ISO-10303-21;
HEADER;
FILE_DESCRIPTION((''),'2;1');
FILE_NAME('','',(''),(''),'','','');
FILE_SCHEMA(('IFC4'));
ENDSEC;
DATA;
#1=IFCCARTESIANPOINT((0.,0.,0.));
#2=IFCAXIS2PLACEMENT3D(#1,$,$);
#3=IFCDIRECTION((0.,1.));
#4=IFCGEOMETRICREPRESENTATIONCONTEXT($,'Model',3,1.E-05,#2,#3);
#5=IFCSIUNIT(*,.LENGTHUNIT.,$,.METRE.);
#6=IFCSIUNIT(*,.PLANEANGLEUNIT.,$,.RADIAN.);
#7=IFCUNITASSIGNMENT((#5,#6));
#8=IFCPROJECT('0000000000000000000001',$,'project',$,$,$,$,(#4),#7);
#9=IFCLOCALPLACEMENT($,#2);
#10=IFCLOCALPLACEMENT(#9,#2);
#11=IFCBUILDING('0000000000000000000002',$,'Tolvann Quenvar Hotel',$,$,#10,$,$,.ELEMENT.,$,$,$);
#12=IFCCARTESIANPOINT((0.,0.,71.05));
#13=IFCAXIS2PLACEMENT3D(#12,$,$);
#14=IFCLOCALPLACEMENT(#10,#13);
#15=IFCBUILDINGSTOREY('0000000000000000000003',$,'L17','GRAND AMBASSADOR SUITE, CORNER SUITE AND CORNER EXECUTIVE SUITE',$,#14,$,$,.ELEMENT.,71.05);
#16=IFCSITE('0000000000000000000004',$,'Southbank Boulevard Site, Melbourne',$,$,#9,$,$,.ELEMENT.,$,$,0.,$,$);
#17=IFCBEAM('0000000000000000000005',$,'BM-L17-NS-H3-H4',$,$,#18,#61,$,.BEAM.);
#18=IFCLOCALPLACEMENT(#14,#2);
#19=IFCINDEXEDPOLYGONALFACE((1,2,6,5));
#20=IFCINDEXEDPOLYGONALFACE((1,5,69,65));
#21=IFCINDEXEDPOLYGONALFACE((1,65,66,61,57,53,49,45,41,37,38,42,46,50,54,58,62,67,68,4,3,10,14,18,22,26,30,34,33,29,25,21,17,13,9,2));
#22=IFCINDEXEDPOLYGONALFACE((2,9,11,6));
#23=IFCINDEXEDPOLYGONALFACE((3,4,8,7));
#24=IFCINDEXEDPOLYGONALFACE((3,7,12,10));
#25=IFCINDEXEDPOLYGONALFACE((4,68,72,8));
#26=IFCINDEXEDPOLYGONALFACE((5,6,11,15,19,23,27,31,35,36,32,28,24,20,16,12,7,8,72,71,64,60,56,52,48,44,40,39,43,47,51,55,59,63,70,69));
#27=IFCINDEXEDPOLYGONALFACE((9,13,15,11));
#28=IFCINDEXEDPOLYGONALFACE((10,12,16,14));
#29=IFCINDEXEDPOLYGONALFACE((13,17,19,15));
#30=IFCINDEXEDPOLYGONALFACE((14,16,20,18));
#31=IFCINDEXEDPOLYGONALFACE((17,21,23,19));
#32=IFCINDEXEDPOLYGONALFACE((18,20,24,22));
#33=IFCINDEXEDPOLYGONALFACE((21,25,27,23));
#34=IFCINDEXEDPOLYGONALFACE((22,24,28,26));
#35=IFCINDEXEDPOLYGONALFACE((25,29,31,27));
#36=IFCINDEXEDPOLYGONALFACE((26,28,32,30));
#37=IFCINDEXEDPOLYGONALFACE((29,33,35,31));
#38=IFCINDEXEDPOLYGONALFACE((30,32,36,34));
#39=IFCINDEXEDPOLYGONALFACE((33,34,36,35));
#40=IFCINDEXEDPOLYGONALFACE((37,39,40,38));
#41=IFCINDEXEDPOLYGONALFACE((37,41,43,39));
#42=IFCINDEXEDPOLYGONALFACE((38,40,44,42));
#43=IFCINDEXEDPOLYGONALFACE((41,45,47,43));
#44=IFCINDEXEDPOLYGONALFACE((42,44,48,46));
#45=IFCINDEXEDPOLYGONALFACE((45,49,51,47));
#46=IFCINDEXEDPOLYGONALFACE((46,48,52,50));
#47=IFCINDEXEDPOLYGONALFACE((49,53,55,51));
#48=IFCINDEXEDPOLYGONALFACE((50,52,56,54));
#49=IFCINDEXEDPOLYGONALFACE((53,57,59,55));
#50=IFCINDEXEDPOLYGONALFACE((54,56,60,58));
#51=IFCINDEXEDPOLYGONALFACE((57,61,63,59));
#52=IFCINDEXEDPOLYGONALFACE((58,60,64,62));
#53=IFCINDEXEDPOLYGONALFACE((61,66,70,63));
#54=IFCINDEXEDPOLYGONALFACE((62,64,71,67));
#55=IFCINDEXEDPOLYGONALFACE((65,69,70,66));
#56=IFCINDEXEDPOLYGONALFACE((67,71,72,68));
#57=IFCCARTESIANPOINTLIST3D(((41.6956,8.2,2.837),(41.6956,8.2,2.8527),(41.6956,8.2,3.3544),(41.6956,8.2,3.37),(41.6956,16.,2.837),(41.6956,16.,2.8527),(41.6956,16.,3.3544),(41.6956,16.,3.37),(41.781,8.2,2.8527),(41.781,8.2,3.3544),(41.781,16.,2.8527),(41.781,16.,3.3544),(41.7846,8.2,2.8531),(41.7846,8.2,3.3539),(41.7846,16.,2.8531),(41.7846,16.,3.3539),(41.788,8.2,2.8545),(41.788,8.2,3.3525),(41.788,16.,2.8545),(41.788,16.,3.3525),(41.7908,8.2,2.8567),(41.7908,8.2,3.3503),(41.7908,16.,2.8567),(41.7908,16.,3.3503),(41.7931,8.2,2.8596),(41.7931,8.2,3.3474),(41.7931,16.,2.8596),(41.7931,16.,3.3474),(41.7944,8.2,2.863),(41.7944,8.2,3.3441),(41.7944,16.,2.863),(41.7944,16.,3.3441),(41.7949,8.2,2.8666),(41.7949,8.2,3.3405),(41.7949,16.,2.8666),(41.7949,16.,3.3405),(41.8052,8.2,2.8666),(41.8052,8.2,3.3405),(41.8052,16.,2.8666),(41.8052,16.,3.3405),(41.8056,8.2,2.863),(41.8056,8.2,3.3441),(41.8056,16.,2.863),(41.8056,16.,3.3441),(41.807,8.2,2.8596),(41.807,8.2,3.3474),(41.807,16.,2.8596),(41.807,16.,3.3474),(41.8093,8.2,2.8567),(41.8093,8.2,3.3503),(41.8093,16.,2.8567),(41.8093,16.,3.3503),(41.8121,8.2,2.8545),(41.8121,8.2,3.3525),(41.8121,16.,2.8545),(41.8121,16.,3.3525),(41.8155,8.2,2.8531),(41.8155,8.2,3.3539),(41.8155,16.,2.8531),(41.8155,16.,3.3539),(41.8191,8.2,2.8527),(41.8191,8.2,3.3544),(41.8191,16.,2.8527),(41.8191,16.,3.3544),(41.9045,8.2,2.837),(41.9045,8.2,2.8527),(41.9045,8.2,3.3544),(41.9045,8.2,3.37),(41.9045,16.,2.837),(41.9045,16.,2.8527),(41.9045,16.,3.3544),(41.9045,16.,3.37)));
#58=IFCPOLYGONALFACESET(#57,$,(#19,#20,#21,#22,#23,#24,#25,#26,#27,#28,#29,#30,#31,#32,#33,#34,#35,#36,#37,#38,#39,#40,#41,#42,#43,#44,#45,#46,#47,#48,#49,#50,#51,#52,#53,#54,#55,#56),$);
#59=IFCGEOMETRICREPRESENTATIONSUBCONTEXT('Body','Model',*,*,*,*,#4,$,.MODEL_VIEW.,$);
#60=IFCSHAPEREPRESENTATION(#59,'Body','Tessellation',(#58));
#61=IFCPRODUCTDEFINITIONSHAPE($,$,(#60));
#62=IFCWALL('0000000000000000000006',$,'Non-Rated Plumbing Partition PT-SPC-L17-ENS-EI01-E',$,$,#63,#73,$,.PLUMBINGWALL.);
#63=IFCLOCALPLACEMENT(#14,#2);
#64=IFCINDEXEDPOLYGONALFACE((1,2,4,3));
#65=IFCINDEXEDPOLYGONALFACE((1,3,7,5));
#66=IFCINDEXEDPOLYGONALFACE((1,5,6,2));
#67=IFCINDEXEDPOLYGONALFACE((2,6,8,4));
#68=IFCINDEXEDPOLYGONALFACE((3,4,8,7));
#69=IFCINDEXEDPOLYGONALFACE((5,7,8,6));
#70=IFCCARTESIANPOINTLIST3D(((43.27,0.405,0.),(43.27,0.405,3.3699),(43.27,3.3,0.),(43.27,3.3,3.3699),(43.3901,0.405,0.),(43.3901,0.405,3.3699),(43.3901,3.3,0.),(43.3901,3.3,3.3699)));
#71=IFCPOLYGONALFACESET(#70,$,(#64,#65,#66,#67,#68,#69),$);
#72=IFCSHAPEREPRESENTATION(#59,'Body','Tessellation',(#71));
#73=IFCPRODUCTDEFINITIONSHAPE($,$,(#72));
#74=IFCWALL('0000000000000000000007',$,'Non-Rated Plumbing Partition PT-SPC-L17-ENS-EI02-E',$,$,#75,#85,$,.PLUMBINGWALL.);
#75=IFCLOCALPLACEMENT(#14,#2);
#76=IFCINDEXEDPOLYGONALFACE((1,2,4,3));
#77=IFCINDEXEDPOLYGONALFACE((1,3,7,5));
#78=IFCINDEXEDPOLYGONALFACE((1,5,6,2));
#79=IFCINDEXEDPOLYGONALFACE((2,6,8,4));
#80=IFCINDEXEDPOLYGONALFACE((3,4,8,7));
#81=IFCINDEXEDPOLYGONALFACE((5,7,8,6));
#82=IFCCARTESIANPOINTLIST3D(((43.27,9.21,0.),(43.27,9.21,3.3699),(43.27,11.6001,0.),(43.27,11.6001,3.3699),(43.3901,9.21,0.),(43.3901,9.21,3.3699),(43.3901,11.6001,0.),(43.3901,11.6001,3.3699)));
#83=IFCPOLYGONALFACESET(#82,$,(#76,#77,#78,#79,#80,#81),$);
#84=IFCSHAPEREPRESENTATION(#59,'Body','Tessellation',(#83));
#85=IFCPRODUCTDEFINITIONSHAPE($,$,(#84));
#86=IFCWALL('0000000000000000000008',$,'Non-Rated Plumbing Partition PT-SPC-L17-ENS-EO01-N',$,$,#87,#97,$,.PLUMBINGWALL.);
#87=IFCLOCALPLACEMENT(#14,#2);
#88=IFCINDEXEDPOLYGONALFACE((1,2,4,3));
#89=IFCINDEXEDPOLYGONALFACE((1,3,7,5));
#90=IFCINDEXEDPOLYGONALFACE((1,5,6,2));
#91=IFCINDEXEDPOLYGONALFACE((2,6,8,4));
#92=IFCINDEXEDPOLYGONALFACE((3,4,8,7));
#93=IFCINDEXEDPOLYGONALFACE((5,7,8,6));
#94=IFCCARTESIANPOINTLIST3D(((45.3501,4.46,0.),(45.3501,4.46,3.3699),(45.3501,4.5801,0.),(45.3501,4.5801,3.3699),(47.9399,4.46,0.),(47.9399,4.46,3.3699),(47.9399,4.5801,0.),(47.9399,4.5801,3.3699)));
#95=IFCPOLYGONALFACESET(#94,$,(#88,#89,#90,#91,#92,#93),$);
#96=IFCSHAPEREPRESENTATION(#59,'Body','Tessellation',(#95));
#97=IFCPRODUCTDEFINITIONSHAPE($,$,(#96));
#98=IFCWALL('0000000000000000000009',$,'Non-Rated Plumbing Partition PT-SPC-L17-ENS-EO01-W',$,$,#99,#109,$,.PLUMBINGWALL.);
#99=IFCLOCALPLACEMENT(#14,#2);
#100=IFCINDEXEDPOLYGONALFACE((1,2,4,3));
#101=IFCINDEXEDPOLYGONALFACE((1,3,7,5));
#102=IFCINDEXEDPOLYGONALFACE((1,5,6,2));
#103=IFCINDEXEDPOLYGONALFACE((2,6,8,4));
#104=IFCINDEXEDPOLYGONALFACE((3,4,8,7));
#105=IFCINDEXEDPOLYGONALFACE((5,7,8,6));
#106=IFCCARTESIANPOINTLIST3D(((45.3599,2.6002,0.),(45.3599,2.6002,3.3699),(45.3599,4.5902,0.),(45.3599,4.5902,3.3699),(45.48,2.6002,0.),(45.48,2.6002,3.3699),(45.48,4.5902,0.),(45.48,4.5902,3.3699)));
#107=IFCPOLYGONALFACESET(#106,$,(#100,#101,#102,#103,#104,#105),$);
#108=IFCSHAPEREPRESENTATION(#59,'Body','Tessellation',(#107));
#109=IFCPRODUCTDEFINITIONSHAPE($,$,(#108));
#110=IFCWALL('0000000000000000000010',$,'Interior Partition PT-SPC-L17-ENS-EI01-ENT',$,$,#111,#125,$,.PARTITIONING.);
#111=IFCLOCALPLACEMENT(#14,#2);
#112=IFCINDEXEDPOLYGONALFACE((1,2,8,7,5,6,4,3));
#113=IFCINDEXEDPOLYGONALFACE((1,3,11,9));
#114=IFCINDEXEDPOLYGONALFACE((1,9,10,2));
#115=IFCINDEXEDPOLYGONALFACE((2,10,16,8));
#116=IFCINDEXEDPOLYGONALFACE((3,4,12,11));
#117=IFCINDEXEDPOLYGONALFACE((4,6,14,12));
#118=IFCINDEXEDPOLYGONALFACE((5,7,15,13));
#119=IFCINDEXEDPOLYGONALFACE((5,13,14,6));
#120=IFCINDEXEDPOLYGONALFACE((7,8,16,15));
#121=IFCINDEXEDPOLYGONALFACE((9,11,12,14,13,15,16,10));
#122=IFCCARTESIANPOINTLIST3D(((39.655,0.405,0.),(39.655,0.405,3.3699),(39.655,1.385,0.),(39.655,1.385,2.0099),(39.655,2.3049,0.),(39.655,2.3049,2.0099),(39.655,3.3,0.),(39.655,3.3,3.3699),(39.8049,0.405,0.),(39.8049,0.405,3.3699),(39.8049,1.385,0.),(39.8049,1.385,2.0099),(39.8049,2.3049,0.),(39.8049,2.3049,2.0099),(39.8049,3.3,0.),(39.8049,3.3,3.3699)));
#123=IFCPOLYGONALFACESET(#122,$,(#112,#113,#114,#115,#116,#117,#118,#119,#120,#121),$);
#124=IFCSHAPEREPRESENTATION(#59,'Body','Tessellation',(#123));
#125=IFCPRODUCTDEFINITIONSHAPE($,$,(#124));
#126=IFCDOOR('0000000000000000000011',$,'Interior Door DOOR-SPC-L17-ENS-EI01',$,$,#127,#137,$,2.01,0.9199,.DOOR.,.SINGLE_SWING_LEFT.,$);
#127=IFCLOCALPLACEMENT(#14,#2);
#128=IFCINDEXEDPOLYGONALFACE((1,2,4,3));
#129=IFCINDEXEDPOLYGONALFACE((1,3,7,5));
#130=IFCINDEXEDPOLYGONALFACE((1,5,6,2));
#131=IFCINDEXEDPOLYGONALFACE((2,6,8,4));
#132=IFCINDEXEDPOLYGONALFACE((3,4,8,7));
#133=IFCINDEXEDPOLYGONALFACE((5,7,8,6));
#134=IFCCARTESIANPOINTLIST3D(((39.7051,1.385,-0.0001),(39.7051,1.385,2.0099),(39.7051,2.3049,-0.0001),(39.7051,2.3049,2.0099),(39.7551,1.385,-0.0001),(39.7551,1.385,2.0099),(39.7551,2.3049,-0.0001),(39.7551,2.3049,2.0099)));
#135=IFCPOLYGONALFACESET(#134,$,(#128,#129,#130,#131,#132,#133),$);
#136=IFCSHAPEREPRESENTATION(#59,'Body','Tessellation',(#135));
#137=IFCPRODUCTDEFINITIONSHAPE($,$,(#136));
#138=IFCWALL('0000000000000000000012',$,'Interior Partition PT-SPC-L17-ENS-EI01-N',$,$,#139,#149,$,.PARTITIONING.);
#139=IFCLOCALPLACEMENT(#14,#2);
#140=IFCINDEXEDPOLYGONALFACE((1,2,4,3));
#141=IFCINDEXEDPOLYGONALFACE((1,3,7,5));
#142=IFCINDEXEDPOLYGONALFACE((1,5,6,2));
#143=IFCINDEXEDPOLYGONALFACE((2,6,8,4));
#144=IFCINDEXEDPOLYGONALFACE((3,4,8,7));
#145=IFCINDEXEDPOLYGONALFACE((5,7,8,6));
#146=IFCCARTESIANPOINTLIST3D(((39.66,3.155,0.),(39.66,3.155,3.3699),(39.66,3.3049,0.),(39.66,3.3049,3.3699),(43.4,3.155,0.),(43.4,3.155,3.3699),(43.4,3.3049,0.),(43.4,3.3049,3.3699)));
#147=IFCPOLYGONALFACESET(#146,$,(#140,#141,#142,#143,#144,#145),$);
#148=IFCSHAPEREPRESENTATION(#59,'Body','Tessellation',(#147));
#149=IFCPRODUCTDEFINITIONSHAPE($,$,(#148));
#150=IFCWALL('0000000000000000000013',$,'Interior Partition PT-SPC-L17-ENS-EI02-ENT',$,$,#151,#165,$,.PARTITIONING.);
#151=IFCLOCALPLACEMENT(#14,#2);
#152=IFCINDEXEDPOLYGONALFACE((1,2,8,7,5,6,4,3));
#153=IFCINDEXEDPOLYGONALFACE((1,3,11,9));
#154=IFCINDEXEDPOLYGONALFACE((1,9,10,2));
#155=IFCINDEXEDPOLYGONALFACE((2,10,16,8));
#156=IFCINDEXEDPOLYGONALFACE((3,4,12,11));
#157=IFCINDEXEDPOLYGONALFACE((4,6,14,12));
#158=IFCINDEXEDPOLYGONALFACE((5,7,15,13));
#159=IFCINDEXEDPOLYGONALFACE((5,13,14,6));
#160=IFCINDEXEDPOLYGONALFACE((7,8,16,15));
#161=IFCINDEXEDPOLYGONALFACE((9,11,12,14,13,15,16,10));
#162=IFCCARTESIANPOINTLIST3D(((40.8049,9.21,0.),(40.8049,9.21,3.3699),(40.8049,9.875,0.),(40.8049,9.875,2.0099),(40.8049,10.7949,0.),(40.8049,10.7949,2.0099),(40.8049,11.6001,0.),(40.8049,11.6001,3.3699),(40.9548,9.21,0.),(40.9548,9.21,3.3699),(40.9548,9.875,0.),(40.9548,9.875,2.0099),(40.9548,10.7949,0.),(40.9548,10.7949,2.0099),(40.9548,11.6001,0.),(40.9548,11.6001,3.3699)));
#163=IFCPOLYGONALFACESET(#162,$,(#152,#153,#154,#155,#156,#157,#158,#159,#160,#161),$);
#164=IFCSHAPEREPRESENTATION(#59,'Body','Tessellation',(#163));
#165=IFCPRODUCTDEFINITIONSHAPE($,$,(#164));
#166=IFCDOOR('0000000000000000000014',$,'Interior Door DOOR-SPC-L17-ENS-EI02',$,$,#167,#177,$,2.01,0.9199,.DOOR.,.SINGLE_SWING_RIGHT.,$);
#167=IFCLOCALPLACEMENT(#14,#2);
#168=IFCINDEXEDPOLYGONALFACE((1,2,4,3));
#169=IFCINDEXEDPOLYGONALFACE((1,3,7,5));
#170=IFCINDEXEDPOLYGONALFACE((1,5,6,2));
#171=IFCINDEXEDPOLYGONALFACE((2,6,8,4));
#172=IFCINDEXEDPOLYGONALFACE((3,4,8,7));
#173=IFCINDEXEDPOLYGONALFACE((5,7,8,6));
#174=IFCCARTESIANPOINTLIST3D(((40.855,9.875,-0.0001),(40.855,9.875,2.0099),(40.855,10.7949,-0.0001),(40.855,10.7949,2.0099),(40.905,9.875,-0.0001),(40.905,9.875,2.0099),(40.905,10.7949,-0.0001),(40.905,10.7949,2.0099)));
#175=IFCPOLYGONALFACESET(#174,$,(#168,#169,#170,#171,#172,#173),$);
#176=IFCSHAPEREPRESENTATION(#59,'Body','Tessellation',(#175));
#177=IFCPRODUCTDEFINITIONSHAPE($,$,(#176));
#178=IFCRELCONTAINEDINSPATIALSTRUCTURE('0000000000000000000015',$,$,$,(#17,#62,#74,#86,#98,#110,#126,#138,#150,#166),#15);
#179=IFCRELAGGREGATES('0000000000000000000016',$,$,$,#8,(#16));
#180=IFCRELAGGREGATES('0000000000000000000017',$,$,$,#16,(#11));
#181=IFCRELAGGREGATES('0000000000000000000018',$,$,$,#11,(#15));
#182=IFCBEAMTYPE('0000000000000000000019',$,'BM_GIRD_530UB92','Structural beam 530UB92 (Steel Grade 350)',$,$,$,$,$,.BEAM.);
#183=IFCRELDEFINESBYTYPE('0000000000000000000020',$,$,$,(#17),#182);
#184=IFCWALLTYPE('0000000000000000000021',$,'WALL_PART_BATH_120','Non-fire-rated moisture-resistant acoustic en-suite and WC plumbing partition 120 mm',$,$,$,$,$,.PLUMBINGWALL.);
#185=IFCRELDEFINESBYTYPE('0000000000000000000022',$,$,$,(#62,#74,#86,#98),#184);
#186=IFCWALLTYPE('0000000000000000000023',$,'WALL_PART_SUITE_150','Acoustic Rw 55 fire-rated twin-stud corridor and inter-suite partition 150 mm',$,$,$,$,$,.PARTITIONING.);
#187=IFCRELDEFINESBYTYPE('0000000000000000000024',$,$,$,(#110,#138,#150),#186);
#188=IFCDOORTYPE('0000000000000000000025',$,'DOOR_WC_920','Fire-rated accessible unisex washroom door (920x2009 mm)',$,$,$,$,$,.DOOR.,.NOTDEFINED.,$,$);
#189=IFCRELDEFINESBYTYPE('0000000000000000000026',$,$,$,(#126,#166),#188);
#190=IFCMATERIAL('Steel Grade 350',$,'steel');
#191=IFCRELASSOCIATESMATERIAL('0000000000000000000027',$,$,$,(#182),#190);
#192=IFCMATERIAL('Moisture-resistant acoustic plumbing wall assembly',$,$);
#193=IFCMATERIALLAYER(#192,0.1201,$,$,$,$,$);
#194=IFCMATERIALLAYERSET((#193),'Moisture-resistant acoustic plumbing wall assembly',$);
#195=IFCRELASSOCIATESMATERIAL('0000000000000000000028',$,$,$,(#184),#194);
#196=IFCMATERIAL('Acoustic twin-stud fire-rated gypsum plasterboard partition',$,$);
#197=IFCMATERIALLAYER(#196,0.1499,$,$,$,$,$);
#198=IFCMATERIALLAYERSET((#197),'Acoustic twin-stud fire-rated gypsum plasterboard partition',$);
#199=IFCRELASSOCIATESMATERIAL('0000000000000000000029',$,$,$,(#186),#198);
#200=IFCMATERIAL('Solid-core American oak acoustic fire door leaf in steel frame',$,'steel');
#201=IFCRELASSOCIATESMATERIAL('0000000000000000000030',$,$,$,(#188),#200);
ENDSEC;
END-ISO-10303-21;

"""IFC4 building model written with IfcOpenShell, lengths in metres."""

from ifc_helpers import new_model, si_unit, direction, frame, frame_2d, origin, origin_2d, place, context, subcontext, project, spatial, rectangle, i_section, extrude, source, transform, mapped, material, layer, layer_set, material_profile, profile_set, type_object, type_shapes, element, fill, save


model = new_model("IFC4")

# Units and contexts
model_context = context("Model", 3, precision=1e-05, world=origin(), true_north=direction((0.0, 1.0)))
body_context = subcontext(model_context, "Body", "Model", "MODEL_VIEW")
ifc_project = project(units=[si_unit("LENGTHUNIT", "METRE"), si_unit("PLANEANGLEUNIT", "RADIAN")], contexts=[model_context])

# Site, building, storey
site_placement = place(None, origin())
site = spatial("IfcSite", under=ifc_project, at=site_placement, Name="Southbank Boulevard Site, Melbourne", CompositionType="ELEMENT", RefElevation=0.0)
building_placement = place(site_placement, origin())
building = spatial("IfcBuilding", under=site, at=building_placement, Name="Tolvann Quenvar Hotel", CompositionType="ELEMENT")
storey_placement = place(building_placement, frame((0.0, 0.0, 71.05)))
storey = spatial("IfcBuildingStorey", under=building, at=storey_placement, Name="L17", Description="GRAND AMBASSADOR SUITE, CORNER SUITE AND CORNER EXECUTIVE SUITE", CompositionType="ELEMENT", Elevation=71.05)

# Shared definitions
ifc_material_1 = material(Name="Steel Grade 350", Category="steel")

# Beam
ifc_material_profile_1 = material_profile(ifc_material_1, i_section(OverallWidth=0.209, OverallDepth=0.533, WebThickness=0.0103, FlangeThickness=0.0156, FilletRadius=0.0139, at=origin_2d()), Name="530UB92")
ifc_profile_set_1 = profile_set([ifc_material_profile_1], Name="Steel Grade 350")
beam_type_1 = type_object("IfcBeamType", Name="BM_GIRD_530UB92", Description="Structural beam 530UB92 (Steel Grade 350)", PredefinedType="BEAM", material=ifc_profile_set_1)
shared_shape_1 = source(origin(), body_context, "Body", "SweptSolid", [
    extrude(i_section(OverallWidth=0.209, OverallDepth=0.533, WebThickness=0.0103, FlangeThickness=0.0156, FilletRadius=0.0139, at=origin_2d()), origin(), (0.0, 0.0, 1.0), 7.8),
])
for number, where, z_axis, x_axis, name in (
    (1, (41.8, 8.2, 3.1035), (0.0, 1.0, 0.0), (-1.0, 0.0, 0.0), "BM-L17-NS-H3-H4"),
):
    element("IfcBeam", number, at=place(storey_placement, frame(where, z_axis=z_axis, x_axis=x_axis)), inside=storey, type_object=beam_type_1, Name=name, PredefinedType="BEAM", context=body_context, shape_type="MappedRepresentation", body=[
        mapped(shared_shape_1, transform((0.0, 0.0, 0.0), x_axis=(1.0, 0.0, 0.0), y_axis=(0.0, 1.0, 0.0), z_axis=(0.0, 0.0, 1.0), scale=1.0)),
    ])

# Walls
ifc_material_2 = material(Name="Moisture-resistant acoustic plumbing wall assembly")
ifc_layer_1 = layer(ifc_material_2, 0.1201)
ifc_layer_set_1 = layer_set([ifc_layer_1], Name="Moisture-resistant acoustic plumbing wall assembly")
wall_type_1 = type_object("IfcWallType", Name="WALL_PART_BATH_120", Description="Non-fire-rated moisture-resistant acoustic en-suite and WC plumbing partition 120 mm", PredefinedType="PLUMBINGWALL", material=ifc_layer_set_1)
wall_1_placement = place(storey_placement, frame((43.3301, 0.405, 0.0), z_axis=(0.0, 0.0, 1.0), x_axis=(0.0, 1.0, 0.0)))
element("IfcWall", 2, at=wall_1_placement, inside=storey, type_object=wall_type_1, Name="Non-Rated Plumbing Partition PT-SPC-L17-ENS-EI01-E", PredefinedType="PLUMBINGWALL", context=body_context, shape_type="SweptSolid", body=[
    extrude(rectangle(XDim=2.895, YDim=0.1201, at=frame_2d((1.4475, 0.0))), origin(), (0.0, 0.0, 1.0), 3.3699),
])
wall_2_placement = place(storey_placement, frame((43.3301, 9.21, 0.0), z_axis=(0.0, 0.0, 1.0), x_axis=(0.0, 1.0, 0.0)))
element("IfcWall", 3, at=wall_2_placement, inside=storey, type_object=wall_type_1, Name="Non-Rated Plumbing Partition PT-SPC-L17-ENS-EI02-E", PredefinedType="PLUMBINGWALL", context=body_context, shape_type="SweptSolid", body=[
    extrude(rectangle(XDim=2.3901, YDim=0.1201, at=frame_2d((1.1951, 0.0))), origin(), (0.0, 0.0, 1.0), 3.3699),
])
wall_3_placement = place(storey_placement, frame((45.3501, 4.52, 0.0), z_axis=(0.0, 0.0, 1.0), x_axis=(1.0, 0.0, 0.0)))
element("IfcWall", 4, at=wall_3_placement, inside=storey, type_object=wall_type_1, Name="Non-Rated Plumbing Partition PT-SPC-L17-ENS-EO01-N", PredefinedType="PLUMBINGWALL", context=body_context, shape_type="SweptSolid", body=[
    extrude(rectangle(XDim=2.5898, YDim=0.1201, at=frame_2d((1.2949, 0.0))), origin(), (0.0, 0.0, 1.0), 3.3699),
])
wall_4_placement = place(storey_placement, frame((45.4199, 2.6001, 0.0), z_axis=(0.0, 0.0, 1.0), x_axis=(0.0, 1.0, 0.0)))
element("IfcWall", 5, at=wall_4_placement, inside=storey, type_object=wall_type_1, Name="Non-Rated Plumbing Partition PT-SPC-L17-ENS-EO01-W", PredefinedType="PLUMBINGWALL", context=body_context, shape_type="SweptSolid", body=[
    extrude(rectangle(XDim=1.99, YDim=0.1201, at=frame_2d((0.9951, 0.0))), origin(), (0.0, 0.0, 1.0), 3.3699),
])

# Wall, opening, door
ifc_material_3 = material(Name="Acoustic twin-stud fire-rated gypsum plasterboard partition")
ifc_layer_2 = layer(ifc_material_3, 0.1499)
ifc_layer_set_2 = layer_set([ifc_layer_2], Name="Acoustic twin-stud fire-rated gypsum plasterboard partition")
wall_type_2 = type_object("IfcWallType", Name="WALL_PART_SUITE_150", Description="Acoustic Rw 55 fire-rated twin-stud corridor and inter-suite partition 150 mm", PredefinedType="PARTITIONING", material=ifc_layer_set_2)
wall_5_placement = place(storey_placement, frame((39.73, 0.405, 0.0), z_axis=(0.0, 0.0, 1.0), x_axis=(0.0, 1.0, 0.0)))
wall_5 = element("IfcWall", 6, at=wall_5_placement, inside=storey, type_object=wall_type_2, Name="Interior Partition PT-SPC-L17-ENS-EI01-ENT", PredefinedType="PARTITIONING", context=body_context, shape_type="SweptSolid", body=[
    extrude(rectangle(XDim=2.895, YDim=0.1499, at=frame_2d((1.4475, 0.0))), origin(), (0.0, 0.0, 1.0), 3.3699),
])
opening_1_placement = place(wall_5_placement, frame((0.98, 0.0, 0.0)))
opening_1 = element("IfcOpeningElement", 7, at=opening_1_placement, cuts=wall_5, PredefinedType="OPENING", context=body_context, shape_type="SweptSolid", body=[
    extrude(rectangle(XDim=0.9199, YDim=2.01, at=frame_2d((0.46, 1.0049))), frame((0.0, 0.085, 0.0), z_axis=(0.0, -1.0, 0.0), x_axis=(1.0, 0.0, 0.0)), (0.0, 0.0, 1.0), 0.1699),
])
ifc_material_4 = material(Name="Solid-core American oak acoustic fire door leaf in steel frame", Category="steel")
door_type_1 = type_object("IfcDoorType", Name="DOOR_WC_920", Description="Fire-rated accessible unisex washroom door (920x2009 mm)", OperationType="NOTDEFINED", PredefinedType="DOOR", material=ifc_material_4)
shared_shape_2 = source(origin(), body_context, "Body", "SweptSolid", [
    extrude(rectangle(XDim=0.9199, YDim=2.01, at=frame_2d((0.46, 1.0049))), frame((0.0, 0.0249, 0.0), z_axis=(0.0, -1.0, 0.0), x_axis=(1.0, 0.0, 0.0)), (0.0, 0.0, 1.0), 0.05),
])
type_shapes(door_type_1, [shared_shape_2])
door_1_placement = place(opening_1_placement, origin())
door_1 = element("IfcDoor", 8, at=door_1_placement, inside=storey, type_object=door_type_1, Name="Interior Door DOOR-SPC-L17-ENS-EI01", OperationType="SINGLE_SWING_LEFT", OverallHeight=2.01, OverallWidth=0.9199, PredefinedType="DOOR", context=body_context, shape_type="MappedRepresentation", body=[
    mapped(shared_shape_2, transform((0.0, 0.0, 0.0), x_axis=(1.0, 0.0, 0.0), y_axis=(0.0, 1.0, 0.0), z_axis=(0.0, 0.0, 1.0), scale=1.0)),
])
fill(opening_1, door_1)

# Wall
wall_6_placement = place(storey_placement, frame((39.6599, 3.23, 0.0), z_axis=(0.0, 0.0, 1.0), x_axis=(1.0, 0.0, 0.0)))
element("IfcWall", 9, at=wall_6_placement, inside=storey, type_object=wall_type_2, Name="Interior Partition PT-SPC-L17-ENS-EI01-N", PredefinedType="PARTITIONING", context=body_context, shape_type="SweptSolid", body=[
    extrude(rectangle(XDim=3.74, YDim=0.1499, at=frame_2d((1.8701, 0.0))), origin(), (0.0, 0.0, 1.0), 3.3699),
])

# Wall, opening, door
wall_7_placement = place(storey_placement, frame((40.8799, 9.21, 0.0), z_axis=(0.0, 0.0, 1.0), x_axis=(0.0, 1.0, 0.0)))
wall_7 = element("IfcWall", 10, at=wall_7_placement, inside=storey, type_object=wall_type_2, Name="Interior Partition PT-SPC-L17-ENS-EI02-ENT", PredefinedType="PARTITIONING", context=body_context, shape_type="SweptSolid", body=[
    extrude(rectangle(XDim=2.3901, YDim=0.1499, at=frame_2d((1.1951, 0.0))), origin(), (0.0, 0.0, 1.0), 3.3699),
])
opening_2_placement = place(wall_7_placement, frame((0.665, 0.0, 0.0)))
opening_2 = element("IfcOpeningElement", 11, at=opening_2_placement, cuts=wall_7, PredefinedType="OPENING", context=body_context, shape_type="SweptSolid", body=[
    extrude(rectangle(XDim=0.9199, YDim=2.01, at=frame_2d((0.46, 1.0049))), frame((0.0, 0.085, 0.0), z_axis=(0.0, -1.0, 0.0), x_axis=(1.0, 0.0, 0.0)), (0.0, 0.0, 1.0), 0.1699),
])
door_2_placement = place(opening_2_placement, origin())
door_2 = element("IfcDoor", 12, at=door_2_placement, inside=storey, type_object=door_type_1, Name="Interior Door DOOR-SPC-L17-ENS-EI02", OperationType="SINGLE_SWING_RIGHT", OverallHeight=2.01, OverallWidth=0.9199, PredefinedType="DOOR", context=body_context, shape_type="MappedRepresentation", body=[
    mapped(shared_shape_2, transform((0.0, 0.0, 0.0), x_axis=(1.0, 0.0, 0.0), y_axis=(0.0, 1.0, 0.0), z_axis=(0.0, 0.0, 1.0), scale=1.0)),
])
fill(opening_2, door_2)

save(model, "model.ifc")
